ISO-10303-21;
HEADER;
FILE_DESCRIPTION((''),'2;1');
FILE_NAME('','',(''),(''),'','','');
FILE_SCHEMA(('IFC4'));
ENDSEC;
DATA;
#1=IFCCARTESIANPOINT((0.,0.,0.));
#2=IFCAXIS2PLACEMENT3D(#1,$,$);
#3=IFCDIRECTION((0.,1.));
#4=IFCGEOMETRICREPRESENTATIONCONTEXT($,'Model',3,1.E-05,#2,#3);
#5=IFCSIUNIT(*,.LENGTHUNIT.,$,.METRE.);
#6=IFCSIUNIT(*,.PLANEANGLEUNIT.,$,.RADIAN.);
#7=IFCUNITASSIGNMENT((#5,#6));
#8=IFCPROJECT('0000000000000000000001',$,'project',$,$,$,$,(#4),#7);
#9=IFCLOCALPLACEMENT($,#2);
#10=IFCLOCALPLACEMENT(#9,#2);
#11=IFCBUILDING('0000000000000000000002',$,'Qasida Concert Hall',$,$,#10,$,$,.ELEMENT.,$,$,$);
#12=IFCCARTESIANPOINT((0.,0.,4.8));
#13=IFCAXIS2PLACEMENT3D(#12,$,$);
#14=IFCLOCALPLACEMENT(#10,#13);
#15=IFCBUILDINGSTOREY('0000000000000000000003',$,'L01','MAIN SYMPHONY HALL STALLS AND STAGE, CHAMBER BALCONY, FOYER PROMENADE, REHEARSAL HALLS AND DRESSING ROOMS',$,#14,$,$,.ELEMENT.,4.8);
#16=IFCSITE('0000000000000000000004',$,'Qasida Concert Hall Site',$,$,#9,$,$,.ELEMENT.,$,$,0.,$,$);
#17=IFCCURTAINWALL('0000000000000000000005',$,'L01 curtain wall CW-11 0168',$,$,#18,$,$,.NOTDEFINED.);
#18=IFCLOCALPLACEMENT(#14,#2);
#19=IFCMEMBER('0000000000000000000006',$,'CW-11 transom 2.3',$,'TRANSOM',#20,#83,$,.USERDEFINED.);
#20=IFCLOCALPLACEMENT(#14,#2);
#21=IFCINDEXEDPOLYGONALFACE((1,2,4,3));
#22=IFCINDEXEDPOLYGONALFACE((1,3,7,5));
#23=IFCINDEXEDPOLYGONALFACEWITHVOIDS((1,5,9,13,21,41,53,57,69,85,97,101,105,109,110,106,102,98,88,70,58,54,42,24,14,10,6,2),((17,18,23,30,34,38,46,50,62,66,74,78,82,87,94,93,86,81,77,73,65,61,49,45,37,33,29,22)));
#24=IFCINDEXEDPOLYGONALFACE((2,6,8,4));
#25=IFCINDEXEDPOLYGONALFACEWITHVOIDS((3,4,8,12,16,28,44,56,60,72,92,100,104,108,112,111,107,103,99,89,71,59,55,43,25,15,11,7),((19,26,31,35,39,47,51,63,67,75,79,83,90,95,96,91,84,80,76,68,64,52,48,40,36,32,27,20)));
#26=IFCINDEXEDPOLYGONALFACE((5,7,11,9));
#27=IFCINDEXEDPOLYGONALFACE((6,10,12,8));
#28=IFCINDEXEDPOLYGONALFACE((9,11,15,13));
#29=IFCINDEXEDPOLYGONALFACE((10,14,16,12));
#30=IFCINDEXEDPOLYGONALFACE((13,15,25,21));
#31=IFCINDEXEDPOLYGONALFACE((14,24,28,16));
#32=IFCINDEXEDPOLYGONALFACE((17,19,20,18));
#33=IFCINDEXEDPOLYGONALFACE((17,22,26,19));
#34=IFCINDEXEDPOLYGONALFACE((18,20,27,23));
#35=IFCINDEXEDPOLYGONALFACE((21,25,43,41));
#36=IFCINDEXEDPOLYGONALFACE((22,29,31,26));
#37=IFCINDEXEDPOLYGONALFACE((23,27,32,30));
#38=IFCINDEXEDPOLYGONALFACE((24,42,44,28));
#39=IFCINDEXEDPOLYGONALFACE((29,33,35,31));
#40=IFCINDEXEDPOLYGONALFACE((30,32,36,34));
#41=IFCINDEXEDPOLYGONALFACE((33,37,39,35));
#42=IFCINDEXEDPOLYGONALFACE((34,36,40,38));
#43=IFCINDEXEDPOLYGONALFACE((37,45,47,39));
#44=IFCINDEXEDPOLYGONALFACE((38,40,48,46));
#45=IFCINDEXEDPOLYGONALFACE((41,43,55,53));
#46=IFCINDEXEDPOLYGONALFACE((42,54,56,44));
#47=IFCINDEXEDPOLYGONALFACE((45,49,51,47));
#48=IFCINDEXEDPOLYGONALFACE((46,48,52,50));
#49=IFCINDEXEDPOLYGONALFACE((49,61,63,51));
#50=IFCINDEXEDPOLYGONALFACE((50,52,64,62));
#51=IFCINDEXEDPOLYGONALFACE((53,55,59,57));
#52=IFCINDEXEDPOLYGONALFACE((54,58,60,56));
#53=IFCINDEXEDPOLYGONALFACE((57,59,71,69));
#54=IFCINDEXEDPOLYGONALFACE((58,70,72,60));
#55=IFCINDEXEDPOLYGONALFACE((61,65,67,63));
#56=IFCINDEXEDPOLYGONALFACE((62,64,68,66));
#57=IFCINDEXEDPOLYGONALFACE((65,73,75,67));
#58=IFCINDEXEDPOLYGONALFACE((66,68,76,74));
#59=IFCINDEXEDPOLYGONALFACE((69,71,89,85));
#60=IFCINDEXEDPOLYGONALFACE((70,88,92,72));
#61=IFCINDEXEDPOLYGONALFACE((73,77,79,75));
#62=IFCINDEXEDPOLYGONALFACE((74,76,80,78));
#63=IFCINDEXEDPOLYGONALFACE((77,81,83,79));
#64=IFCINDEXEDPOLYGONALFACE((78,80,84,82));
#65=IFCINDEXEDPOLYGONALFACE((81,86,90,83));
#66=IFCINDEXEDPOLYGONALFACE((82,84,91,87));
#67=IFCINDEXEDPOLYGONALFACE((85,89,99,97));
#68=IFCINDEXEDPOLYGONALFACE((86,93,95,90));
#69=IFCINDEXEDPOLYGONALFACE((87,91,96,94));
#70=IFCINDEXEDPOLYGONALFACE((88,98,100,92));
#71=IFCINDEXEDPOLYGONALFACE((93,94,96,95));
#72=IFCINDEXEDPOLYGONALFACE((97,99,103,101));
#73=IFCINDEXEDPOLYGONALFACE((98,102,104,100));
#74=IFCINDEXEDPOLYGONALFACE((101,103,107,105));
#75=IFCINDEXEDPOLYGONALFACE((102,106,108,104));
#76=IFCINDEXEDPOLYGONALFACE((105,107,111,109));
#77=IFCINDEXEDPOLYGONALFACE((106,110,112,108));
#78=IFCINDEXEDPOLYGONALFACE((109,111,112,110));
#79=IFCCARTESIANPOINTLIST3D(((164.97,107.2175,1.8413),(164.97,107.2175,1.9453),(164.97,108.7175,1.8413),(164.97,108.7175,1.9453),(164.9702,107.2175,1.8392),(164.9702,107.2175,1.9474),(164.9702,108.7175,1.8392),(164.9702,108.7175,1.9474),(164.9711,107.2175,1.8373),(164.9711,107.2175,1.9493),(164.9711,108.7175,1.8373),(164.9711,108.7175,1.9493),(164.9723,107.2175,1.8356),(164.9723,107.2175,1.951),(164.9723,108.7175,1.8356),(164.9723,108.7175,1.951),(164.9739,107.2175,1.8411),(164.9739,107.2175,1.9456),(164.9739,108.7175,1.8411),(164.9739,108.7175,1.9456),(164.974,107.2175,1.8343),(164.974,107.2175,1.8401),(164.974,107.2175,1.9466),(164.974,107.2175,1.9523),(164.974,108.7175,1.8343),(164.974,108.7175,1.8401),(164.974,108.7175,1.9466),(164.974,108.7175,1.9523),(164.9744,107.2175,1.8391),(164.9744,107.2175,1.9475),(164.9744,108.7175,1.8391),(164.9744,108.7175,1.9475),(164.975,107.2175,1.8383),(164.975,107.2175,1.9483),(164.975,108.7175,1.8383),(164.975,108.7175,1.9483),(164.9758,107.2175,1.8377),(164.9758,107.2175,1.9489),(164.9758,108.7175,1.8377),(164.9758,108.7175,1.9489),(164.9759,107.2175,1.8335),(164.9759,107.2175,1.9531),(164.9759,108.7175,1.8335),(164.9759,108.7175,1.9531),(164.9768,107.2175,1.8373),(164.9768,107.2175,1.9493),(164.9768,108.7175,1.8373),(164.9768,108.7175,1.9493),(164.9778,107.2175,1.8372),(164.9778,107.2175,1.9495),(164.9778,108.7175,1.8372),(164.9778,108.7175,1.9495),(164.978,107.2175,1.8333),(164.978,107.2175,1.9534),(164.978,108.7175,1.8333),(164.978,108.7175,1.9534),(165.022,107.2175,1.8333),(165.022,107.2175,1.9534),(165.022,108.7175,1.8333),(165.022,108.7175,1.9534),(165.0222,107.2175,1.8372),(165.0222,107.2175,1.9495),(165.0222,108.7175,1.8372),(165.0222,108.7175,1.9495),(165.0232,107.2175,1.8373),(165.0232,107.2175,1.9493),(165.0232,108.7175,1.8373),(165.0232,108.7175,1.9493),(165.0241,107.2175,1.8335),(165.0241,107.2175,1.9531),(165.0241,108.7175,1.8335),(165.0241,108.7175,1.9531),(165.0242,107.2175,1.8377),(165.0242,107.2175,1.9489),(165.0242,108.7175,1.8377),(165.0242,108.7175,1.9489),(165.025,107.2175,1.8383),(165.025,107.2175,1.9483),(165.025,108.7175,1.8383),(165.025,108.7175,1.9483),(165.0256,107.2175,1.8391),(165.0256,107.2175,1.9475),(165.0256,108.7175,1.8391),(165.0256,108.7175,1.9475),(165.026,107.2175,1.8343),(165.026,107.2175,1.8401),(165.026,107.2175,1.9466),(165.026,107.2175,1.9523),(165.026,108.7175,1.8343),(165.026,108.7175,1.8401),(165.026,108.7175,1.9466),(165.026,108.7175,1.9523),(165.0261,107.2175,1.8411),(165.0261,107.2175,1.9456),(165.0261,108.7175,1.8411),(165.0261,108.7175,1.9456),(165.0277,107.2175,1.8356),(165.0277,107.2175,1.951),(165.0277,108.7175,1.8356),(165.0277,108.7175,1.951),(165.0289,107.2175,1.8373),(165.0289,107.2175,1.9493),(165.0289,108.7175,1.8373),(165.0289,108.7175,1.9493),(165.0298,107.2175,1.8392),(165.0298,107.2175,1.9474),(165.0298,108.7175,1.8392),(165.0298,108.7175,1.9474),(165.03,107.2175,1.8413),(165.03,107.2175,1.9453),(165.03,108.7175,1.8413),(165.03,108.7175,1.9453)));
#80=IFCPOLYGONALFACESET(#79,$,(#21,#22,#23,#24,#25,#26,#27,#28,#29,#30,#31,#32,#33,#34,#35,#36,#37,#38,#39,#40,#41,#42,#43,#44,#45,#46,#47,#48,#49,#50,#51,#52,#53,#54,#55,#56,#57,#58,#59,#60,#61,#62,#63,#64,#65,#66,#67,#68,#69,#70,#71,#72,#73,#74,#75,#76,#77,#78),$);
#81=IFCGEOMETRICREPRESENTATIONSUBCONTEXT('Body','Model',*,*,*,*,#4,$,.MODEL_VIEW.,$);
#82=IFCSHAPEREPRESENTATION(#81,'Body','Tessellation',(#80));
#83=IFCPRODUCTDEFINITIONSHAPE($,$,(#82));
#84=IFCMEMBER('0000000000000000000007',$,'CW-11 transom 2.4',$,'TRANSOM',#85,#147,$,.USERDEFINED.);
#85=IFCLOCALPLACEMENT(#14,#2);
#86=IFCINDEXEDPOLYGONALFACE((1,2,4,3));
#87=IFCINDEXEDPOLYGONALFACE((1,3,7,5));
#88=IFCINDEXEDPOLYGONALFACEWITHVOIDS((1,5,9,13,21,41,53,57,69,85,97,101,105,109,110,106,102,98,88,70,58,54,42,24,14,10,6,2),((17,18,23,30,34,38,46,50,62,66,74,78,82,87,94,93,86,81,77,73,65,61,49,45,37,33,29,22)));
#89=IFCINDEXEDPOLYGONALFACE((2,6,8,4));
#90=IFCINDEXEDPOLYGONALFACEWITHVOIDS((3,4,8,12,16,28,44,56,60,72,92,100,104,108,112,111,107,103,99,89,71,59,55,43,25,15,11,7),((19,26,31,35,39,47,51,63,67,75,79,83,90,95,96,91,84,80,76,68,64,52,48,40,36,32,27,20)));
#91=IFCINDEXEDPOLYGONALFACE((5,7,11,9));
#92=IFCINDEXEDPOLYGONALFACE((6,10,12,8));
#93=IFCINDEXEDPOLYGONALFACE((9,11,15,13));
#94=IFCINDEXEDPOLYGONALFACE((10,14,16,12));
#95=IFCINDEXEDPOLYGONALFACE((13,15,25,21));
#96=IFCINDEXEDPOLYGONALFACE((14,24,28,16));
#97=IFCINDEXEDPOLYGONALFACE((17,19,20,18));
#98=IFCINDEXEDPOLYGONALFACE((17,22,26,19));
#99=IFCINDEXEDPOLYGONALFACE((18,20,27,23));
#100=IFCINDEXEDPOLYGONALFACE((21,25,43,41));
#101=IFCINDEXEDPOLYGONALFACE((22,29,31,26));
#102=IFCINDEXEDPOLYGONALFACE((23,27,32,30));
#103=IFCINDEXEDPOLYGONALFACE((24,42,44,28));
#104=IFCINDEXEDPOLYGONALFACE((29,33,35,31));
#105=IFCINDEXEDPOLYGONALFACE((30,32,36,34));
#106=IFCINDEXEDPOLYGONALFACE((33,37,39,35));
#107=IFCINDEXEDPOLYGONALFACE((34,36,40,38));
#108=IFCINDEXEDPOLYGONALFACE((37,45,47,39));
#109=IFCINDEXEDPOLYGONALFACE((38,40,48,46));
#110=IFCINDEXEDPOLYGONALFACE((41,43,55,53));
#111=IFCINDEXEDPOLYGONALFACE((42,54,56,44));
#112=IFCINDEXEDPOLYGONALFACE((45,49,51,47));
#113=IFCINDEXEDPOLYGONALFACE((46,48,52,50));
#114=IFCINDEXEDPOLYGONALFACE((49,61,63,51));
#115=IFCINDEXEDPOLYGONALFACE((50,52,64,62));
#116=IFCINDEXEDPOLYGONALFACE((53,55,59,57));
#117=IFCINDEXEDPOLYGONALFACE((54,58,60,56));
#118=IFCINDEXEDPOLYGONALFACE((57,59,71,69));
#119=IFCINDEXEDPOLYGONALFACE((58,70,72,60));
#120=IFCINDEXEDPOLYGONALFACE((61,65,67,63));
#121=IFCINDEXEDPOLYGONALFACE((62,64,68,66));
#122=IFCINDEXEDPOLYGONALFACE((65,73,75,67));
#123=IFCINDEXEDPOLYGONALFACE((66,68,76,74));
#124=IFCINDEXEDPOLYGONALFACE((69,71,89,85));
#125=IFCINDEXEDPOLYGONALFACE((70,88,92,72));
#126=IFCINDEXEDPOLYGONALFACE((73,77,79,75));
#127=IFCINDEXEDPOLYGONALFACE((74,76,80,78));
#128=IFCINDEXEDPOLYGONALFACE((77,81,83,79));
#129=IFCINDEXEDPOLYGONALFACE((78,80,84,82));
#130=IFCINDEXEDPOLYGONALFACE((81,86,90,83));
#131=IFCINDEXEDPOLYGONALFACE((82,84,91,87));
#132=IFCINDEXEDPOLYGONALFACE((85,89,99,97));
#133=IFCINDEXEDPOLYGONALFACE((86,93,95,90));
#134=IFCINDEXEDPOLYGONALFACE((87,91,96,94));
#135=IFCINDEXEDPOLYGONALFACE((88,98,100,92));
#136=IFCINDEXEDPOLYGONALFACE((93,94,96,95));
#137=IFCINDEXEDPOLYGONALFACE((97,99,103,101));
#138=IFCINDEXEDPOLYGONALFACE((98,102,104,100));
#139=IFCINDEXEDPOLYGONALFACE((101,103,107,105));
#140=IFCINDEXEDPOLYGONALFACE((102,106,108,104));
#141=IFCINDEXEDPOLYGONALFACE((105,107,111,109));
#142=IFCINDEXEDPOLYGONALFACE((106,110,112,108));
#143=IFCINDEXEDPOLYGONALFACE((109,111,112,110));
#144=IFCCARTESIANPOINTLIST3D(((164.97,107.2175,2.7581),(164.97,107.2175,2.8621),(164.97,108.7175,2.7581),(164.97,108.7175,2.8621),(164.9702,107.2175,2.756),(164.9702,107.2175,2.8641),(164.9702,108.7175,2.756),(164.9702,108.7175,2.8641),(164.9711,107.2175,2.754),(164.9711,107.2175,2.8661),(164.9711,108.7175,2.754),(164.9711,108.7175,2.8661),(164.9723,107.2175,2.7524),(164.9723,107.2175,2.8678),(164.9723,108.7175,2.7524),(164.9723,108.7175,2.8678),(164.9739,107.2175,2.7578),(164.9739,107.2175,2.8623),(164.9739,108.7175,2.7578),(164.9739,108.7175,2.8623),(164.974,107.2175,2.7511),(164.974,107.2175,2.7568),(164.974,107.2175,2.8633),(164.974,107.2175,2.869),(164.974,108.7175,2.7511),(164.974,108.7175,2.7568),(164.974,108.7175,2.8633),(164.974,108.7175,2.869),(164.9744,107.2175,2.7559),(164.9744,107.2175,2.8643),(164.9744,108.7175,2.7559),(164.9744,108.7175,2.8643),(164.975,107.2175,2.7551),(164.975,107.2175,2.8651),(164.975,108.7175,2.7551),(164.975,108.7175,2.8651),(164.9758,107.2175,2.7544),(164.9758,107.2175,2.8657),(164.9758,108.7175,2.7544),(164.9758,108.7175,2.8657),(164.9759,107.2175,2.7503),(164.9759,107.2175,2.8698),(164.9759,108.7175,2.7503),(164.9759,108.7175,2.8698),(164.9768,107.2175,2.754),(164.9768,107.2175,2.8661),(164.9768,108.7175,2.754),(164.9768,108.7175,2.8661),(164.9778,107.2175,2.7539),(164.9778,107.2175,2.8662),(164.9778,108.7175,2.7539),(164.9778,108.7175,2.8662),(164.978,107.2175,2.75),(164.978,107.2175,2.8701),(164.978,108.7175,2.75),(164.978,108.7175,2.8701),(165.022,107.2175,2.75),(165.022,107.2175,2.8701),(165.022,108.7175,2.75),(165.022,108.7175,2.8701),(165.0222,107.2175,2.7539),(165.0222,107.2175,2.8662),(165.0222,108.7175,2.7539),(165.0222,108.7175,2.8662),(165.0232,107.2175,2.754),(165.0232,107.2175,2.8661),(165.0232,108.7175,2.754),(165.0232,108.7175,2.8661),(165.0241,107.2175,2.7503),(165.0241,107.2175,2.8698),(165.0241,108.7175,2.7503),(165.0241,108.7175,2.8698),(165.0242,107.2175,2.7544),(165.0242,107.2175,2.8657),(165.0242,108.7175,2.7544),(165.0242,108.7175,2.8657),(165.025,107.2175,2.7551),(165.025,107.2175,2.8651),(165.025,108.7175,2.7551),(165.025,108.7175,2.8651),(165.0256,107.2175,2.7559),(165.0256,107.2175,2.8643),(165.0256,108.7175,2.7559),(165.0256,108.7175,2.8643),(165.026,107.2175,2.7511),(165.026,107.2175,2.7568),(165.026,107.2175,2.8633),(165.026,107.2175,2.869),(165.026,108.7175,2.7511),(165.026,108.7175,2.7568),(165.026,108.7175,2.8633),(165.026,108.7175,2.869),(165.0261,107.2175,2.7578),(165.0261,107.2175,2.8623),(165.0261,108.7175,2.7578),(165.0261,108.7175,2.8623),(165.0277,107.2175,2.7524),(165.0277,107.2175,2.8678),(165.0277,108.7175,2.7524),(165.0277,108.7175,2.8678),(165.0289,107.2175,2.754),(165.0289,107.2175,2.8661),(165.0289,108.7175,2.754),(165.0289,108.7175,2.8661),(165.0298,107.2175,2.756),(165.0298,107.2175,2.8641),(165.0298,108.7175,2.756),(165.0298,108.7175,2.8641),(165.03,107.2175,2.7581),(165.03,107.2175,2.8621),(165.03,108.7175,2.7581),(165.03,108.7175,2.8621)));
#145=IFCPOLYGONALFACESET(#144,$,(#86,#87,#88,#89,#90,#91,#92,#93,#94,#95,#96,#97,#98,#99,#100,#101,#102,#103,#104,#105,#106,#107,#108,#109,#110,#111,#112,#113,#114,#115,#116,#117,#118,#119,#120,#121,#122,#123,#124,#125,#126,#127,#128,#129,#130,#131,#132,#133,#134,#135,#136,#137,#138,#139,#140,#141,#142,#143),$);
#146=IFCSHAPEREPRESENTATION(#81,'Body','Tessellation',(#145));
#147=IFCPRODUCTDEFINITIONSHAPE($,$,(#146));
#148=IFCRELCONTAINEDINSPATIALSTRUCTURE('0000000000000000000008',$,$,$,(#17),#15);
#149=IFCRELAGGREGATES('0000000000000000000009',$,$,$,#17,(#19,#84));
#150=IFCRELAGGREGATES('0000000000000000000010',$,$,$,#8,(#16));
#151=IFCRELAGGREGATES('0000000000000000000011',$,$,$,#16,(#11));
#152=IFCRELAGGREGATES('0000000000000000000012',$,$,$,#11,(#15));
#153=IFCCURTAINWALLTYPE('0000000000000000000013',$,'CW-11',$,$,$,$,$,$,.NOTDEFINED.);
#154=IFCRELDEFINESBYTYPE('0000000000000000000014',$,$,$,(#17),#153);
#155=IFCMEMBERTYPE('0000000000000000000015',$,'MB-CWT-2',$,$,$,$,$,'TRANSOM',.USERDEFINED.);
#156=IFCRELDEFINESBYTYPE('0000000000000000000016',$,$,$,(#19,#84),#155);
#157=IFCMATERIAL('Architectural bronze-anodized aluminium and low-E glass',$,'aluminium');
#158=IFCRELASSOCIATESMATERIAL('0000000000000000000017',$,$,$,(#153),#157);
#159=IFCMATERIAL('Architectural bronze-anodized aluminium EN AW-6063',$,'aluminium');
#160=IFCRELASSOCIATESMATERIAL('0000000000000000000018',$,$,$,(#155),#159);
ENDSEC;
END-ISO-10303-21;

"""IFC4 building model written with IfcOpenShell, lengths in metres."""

from ifc_helpers import new_model, si_unit, direction, frame, origin, origin_2d, place, context, subcontext, project, spatial, hollow_rectangle, extrude, material, material_profile, profile_set, type_object, element, aggregate, save


model = new_model("IFC4")

# Units and contexts
model_context = context("Model", 3, precision=1e-05, world=origin(), true_north=direction((0.0, 1.0)))
body_context = subcontext(model_context, "Body", "Model", "MODEL_VIEW")
ifc_project = project(units=[si_unit("LENGTHUNIT", "METRE"), si_unit("PLANEANGLEUNIT", "RADIAN")], contexts=[model_context])

# Site, building, storey
site_placement = place(None, origin())
site = spatial("IfcSite", under=ifc_project, at=site_placement, Name="Qasida Concert Hall Site", CompositionType="ELEMENT", RefElevation=0.0)
building_placement = place(site_placement, origin())
building = spatial("IfcBuilding", under=site, at=building_placement, Name="Qasida Concert Hall", CompositionType="ELEMENT")
storey_placement = place(building_placement, frame((0.0, 0.0, 4.8)))
storey = spatial("IfcBuildingStorey", under=building, at=storey_placement, Name="L01", Description="MAIN SYMPHONY HALL STALLS AND STAGE, CHAMBER BALCONY, FOYER PROMENADE, REHEARSAL HALLS AND DRESSING ROOMS", CompositionType="ELEMENT", Elevation=4.8)

# Curtain wall, members
ifc_material_1 = material(Name="Architectural bronze-anodized aluminium and low-E glass", Category="aluminium")
curtain_wall_type = type_object("IfcCurtainWallType", Name="CW-11", PredefinedType="NOTDEFINED", material=ifc_material_1)
curtain_wall_placement = place(storey_placement, origin())
curtain_wall = element("IfcCurtainWall", 1, at=curtain_wall_placement, inside=storey, type_object=curtain_wall_type, Name="L01 curtain wall CW-11 0168", PredefinedType="NOTDEFINED")
ifc_material_2 = material(Name="Architectural bronze-anodized aluminium EN AW-6063", Category="aluminium")
ifc_material_profile_1 = material_profile(ifc_material_2, hollow_rectangle(XDim=0.0601, YDim=0.1201, WallThickness=0.0039, InnerFilletRadius=0.0039, OuterFilletRadius=0.0081, at=origin_2d()), Name="CWT 120x60x4")
ifc_profile_set_1 = profile_set([ifc_material_profile_1], Name="Architectural bronze-anodized aluminium EN AW-6063")
member_type_1 = type_object("IfcMemberType", Name="MB-CWT-2", ElementType="TRANSOM", PredefinedType="USERDEFINED", material=ifc_profile_set_1)
member_1_placement = place(storey_placement, frame((165.0, 107.2175, 1.8933), z_axis=(0.0, 1.0, 0.0), x_axis=(-1.0, 0.0, 0.0)))
member_1 = element("IfcMember", 2, at=member_1_placement, type_object=member_type_1, Name="CW-11 transom 2.3", ObjectType="TRANSOM", PredefinedType="USERDEFINED", context=body_context, shape_type="SweptSolid", body=[
    extrude(hollow_rectangle(XDim=0.0601, YDim=0.1201, WallThickness=0.0039, InnerFilletRadius=0.0039, OuterFilletRadius=0.0081, at=origin_2d()), origin(), (0.0, 0.0, 1.0), 1.5),
])
member_2_placement = place(storey_placement, frame((165.0, 107.2175, 2.8101), z_axis=(0.0, 1.0, 0.0), x_axis=(-1.0, 0.0, 0.0)))
member_2 = element("IfcMember", 3, at=member_2_placement, type_object=member_type_1, Name="CW-11 transom 2.4", ObjectType="TRANSOM", PredefinedType="USERDEFINED", context=body_context, shape_type="SweptSolid", body=[
    extrude(hollow_rectangle(XDim=0.0601, YDim=0.1201, WallThickness=0.0039, InnerFilletRadius=0.0039, OuterFilletRadius=0.0081, at=origin_2d()), origin(), (0.0, 0.0, 1.0), 1.5),
])
aggregate(curtain_wall, [member_1, member_2])

save(model, "model.ifc")
